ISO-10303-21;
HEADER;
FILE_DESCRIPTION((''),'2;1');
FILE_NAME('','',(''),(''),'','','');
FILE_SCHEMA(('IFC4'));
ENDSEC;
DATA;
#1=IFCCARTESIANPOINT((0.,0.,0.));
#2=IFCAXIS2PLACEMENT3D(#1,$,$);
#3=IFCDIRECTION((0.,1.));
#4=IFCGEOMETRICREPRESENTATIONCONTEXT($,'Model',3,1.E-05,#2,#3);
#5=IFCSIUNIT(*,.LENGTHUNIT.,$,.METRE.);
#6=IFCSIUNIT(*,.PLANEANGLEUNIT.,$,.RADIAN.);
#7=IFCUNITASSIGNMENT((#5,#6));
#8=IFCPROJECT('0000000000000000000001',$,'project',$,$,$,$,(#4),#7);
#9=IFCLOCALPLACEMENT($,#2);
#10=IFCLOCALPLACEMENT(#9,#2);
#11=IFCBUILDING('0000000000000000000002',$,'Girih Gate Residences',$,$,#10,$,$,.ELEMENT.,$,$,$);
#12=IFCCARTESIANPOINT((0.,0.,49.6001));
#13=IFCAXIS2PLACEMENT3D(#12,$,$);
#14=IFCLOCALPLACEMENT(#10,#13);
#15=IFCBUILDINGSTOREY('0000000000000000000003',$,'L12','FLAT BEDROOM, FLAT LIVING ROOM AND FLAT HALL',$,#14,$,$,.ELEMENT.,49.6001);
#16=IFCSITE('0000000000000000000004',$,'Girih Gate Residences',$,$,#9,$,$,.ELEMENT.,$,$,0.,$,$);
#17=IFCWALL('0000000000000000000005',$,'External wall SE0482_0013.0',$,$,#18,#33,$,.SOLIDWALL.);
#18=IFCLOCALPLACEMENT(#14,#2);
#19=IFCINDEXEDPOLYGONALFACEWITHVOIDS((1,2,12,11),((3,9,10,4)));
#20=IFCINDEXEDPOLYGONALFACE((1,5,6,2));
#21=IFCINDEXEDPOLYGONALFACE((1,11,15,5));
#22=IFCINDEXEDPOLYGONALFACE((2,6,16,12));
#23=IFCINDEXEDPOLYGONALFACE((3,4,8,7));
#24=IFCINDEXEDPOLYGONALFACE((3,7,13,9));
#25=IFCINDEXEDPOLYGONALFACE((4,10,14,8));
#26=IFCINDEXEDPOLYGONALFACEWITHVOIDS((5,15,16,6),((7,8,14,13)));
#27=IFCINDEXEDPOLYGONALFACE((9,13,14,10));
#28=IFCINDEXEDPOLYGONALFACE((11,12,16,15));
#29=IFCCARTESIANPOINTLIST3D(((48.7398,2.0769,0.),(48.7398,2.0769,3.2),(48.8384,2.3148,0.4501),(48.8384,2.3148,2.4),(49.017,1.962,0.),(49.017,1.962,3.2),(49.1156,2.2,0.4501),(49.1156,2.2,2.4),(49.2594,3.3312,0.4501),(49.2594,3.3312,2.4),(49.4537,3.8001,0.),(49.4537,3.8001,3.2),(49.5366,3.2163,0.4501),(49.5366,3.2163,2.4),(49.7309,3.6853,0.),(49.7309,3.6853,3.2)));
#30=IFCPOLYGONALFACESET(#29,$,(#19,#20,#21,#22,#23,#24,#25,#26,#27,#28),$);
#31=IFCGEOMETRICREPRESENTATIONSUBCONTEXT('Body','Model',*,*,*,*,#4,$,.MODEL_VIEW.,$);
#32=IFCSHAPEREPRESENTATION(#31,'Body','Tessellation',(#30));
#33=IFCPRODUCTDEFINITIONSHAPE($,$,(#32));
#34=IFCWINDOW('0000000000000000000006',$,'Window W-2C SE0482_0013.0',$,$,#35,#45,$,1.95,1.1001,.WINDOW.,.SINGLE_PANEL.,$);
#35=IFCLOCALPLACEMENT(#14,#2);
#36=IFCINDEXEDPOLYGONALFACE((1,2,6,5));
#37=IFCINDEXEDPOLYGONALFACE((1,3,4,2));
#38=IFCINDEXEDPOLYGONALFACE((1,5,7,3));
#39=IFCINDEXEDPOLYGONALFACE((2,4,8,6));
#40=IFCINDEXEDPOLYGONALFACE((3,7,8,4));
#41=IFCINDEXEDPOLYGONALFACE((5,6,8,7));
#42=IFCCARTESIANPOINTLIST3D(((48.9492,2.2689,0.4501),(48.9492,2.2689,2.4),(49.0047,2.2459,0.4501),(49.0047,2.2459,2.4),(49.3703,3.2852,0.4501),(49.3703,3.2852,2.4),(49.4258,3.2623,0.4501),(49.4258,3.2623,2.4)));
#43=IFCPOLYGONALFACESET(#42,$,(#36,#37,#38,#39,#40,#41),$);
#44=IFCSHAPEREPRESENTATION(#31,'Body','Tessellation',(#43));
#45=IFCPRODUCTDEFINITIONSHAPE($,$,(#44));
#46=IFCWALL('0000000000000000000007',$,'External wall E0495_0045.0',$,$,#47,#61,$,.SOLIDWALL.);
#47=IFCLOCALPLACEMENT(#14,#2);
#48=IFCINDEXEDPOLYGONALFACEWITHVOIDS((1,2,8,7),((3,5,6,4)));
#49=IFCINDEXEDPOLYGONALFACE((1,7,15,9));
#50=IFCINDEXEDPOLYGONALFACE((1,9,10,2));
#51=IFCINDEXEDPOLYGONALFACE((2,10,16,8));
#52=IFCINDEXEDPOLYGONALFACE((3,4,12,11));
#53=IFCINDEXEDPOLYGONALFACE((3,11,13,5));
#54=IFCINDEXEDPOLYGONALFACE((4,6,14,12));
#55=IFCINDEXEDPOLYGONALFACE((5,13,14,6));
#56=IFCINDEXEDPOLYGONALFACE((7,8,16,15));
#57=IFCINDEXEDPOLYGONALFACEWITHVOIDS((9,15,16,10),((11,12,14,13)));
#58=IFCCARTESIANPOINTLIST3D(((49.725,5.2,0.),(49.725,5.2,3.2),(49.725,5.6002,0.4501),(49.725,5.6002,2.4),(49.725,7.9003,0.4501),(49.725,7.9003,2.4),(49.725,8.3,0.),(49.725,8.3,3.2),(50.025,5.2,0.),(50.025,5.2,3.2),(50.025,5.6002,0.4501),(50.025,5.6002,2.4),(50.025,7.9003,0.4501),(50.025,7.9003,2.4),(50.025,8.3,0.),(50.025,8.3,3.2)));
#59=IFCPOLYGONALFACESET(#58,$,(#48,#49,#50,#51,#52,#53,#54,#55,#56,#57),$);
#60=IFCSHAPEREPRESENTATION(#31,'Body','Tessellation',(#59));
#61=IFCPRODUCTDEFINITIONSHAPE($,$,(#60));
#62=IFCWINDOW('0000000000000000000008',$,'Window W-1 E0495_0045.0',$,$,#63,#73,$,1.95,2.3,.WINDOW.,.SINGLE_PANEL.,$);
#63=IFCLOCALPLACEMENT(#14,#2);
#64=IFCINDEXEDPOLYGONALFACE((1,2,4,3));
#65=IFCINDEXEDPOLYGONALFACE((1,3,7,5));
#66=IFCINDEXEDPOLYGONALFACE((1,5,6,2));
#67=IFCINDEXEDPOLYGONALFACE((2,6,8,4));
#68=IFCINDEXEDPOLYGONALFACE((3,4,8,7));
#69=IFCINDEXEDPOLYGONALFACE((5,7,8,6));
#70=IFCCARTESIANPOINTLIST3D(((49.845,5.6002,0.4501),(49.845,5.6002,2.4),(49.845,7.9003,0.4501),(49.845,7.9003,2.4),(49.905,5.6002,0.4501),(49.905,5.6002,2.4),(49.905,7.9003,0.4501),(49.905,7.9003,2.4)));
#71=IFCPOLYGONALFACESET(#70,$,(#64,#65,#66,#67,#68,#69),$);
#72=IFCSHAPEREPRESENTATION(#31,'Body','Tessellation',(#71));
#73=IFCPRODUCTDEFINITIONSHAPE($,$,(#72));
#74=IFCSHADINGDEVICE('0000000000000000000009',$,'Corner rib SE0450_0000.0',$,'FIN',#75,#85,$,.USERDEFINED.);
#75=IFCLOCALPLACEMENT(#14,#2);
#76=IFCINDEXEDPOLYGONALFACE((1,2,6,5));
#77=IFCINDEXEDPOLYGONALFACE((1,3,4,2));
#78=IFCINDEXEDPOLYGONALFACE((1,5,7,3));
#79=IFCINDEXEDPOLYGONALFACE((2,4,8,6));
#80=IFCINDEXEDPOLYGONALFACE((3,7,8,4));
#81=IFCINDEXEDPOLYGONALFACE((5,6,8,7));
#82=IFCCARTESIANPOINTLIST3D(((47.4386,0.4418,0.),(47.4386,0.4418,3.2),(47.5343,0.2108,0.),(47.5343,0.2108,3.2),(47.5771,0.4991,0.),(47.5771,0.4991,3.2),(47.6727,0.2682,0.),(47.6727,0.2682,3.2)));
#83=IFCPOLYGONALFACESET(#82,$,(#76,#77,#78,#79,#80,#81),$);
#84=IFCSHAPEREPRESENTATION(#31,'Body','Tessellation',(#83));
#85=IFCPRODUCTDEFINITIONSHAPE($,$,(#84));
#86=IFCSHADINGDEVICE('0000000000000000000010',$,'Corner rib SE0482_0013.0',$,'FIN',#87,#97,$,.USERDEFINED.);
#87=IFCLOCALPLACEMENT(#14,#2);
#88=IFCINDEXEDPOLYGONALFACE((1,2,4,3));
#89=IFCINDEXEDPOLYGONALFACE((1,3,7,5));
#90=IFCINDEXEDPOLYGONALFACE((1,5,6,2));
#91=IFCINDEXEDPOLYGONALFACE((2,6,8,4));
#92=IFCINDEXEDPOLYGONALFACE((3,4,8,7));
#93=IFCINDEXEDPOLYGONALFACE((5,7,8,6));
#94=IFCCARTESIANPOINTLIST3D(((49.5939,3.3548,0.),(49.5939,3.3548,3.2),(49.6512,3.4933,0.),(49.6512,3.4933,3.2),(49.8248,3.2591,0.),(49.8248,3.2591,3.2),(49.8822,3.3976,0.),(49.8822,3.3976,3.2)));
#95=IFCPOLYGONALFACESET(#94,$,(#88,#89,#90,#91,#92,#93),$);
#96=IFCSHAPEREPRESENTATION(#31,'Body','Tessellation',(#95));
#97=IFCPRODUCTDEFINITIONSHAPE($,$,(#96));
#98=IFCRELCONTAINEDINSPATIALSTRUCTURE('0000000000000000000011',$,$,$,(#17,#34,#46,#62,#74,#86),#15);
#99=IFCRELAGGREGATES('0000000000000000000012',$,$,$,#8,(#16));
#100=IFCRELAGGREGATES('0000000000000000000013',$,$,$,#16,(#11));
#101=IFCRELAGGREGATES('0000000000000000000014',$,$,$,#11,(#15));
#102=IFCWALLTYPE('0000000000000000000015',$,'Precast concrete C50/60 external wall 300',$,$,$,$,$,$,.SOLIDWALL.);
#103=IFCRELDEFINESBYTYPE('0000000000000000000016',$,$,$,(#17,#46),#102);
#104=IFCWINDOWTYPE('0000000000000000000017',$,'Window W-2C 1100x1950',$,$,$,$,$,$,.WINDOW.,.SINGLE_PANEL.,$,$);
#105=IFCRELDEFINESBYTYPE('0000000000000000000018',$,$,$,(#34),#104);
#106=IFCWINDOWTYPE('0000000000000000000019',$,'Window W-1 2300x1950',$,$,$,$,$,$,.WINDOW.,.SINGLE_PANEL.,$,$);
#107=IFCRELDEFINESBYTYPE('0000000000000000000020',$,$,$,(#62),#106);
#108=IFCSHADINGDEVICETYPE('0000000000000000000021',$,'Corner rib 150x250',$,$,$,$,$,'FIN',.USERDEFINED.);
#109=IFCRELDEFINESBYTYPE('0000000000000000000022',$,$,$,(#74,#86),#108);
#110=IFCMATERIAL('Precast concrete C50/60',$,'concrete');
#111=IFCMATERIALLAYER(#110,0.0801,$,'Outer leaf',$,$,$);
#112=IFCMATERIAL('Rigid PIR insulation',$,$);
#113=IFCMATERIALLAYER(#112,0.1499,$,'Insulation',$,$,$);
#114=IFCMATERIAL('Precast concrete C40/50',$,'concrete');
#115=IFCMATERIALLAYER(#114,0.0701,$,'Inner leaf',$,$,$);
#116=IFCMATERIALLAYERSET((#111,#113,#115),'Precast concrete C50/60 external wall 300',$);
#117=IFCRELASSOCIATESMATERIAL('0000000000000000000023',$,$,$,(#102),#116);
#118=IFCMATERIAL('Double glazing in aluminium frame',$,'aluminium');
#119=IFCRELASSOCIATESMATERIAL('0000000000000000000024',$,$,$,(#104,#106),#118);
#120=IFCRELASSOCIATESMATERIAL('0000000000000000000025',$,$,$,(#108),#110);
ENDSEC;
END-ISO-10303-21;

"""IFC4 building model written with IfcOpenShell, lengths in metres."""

from ifc_helpers import new_model, si_unit, direction, frame, frame_2d, origin, origin_2d, place, context, subcontext, project, spatial, rectangle, extrude, material, layer, layer_set, type_object, element, fill, save


model = new_model("IFC4")

# Units and contexts
model_context = context("Model", 3, precision=1e-05, world=origin(), true_north=direction((0.0, 1.0)))
body_context = subcontext(model_context, "Body", "Model", "MODEL_VIEW")
ifc_project = project(units=[si_unit("LENGTHUNIT", "METRE"), si_unit("PLANEANGLEUNIT", "RADIAN")], contexts=[model_context])

# Site, building, storey
site_placement = place(None, origin())
site = spatial("IfcSite", under=ifc_project, at=site_placement, Name="Girih Gate Residences", CompositionType="ELEMENT", RefElevation=0.0)
building_placement = place(site_placement, origin())
building = spatial("IfcBuilding", under=site, at=building_placement, Name="Girih Gate Residences", CompositionType="ELEMENT")
storey_placement = place(building_placement, frame((0.0, 0.0, 49.6001)))
storey = spatial("IfcBuildingStorey", under=building, at=storey_placement, Name="L12", Description="FLAT BEDROOM, FLAT LIVING ROOM AND FLAT HALL", CompositionType="ELEMENT", Elevation=49.6001)

# Walls, openings, windows
ifc_material_1 = material(Name="Precast concrete C50/60", Category="concrete")
ifc_layer_1 = layer(ifc_material_1, 0.0801, Name="Outer leaf")
ifc_material_2 = material(Name="Rigid PIR insulation")
ifc_layer_2 = layer(ifc_material_2, 0.1499, Name="Insulation")
ifc_material_3 = material(Name="Precast concrete C40/50", Category="concrete")
ifc_layer_3 = layer(ifc_material_3, 0.0701, Name="Inner leaf")
ifc_layer_set_1 = layer_set([ifc_layer_1, ifc_layer_2, ifc_layer_3], Name="Precast concrete C50/60 external wall 300")
wall_type_1 = type_object("IfcWallType", Name="Precast concrete C50/60 external wall 300", PredefinedType="SOLIDWALL", material=ifc_layer_set_1)
ifc_material_4 = material(Name="Double glazing in aluminium frame", Category="aluminium")
window_type_1 = type_object("IfcWindowType", Name="Window W-2C 1100x1950", PartitioningType="SINGLE_PANEL", PredefinedType="WINDOW", material=ifc_material_4)
wall_1_placement = place(storey_placement, frame((49.5923, 3.7427, 0.0), z_axis=(0.0, 0.0, 1.0), x_axis=(-0.382737, -0.923857, 0.0)))
wall_1 = element("IfcWall", 1, at=wall_1_placement, inside=storey, type_object=wall_type_1, Name="External wall SE0482_0013.0", PredefinedType="SOLIDWALL", context=body_context, shape_type="SweptSolid", body=[
    extrude(rectangle(XDim=1.8652, YDim=0.3, at=frame_2d((0.9326, 0.0))), origin(), (0.0, 0.0, 1.0), 3.2),
])
opening_1_placement = place(wall_1_placement, frame((0.5076, 0.0, 0.45)))
opening_1 = element("IfcOpeningElement", 2, at=opening_1_placement, cuts=wall_1, PredefinedType="OPENING", context=body_context, shape_type="SweptSolid", body=[
    extrude(rectangle(XDim=1.1001, YDim=1.95, at=frame_2d((0.55, 0.9751))), frame((0.0, 0.1599, 0.0), z_axis=(0.0, -1.0, 0.0), x_axis=(1.0, 0.0, 0.0)), (0.0, 0.0, 1.0), 0.3201),
])
window_1_placement = place(opening_1_placement, origin())
window_1 = element("IfcWindow", 3, at=window_1_placement, inside=storey, type_object=window_type_1, Name="Window W-2C SE0482_0013.0", OverallHeight=1.95, OverallWidth=1.1001, PartitioningType="SINGLE_PANEL", PredefinedType="WINDOW", context=body_context, shape_type="SweptSolid", body=[
    extrude(rectangle(XDim=1.1001, YDim=1.95, at=frame_2d((0.55, 0.9751))), frame((0.0, 0.03, 0.0), z_axis=(0.0, -1.0, 0.0), x_axis=(1.0, 0.0, 0.0)), (0.0, 0.0, 1.0), 0.0601),
])
fill(opening_1, window_1)
wall_2_placement = place(storey_placement, frame((49.875, 8.3, 0.0), z_axis=(0.0, 0.0, 1.0), x_axis=(0.0, -1.0, 0.0)))
wall_2 = element("IfcWall", 4, at=wall_2_placement, inside=storey, type_object=wall_type_1, Name="External wall E0495_0045.0", PredefinedType="SOLIDWALL", context=body_context, shape_type="SweptSolid", body=[
    extrude(rectangle(XDim=3.1001, YDim=0.3, at=frame_2d((1.55, 0.0))), origin(), (0.0, 0.0, 1.0), 3.2),
])
opening_2_placement = place(wall_2_placement, frame((0.3999, 0.0, 0.45)))
opening_2 = element("IfcOpeningElement", 5, at=opening_2_placement, cuts=wall_2, PredefinedType="OPENING", context=body_context, shape_type="SweptSolid", body=[
    extrude(rectangle(XDim=2.3, YDim=1.95, at=frame_2d((1.1499, 0.9751))), frame((0.0, 0.1599, 0.0), z_axis=(0.0, -1.0, 0.0), x_axis=(1.0, 0.0, 0.0)), (0.0, 0.0, 1.0), 0.3201),
])
window_type_2 = type_object("IfcWindowType", Name="Window W-1 2300x1950", PartitioningType="SINGLE_PANEL", PredefinedType="WINDOW", material=ifc_material_4)
window_2_placement = place(opening_2_placement, origin())
window_2 = element("IfcWindow", 6, at=window_2_placement, inside=storey, type_object=window_type_2, Name="Window W-1 E0495_0045.0", OverallHeight=1.95, OverallWidth=2.3, PartitioningType="SINGLE_PANEL", PredefinedType="WINDOW", context=body_context, shape_type="SweptSolid", body=[
    extrude(rectangle(XDim=2.3, YDim=1.95, at=frame_2d((1.1499, 0.9751))), frame((0.0, 0.03, 0.0), z_axis=(0.0, -1.0, 0.0), x_axis=(1.0, 0.0, 0.0)), (0.0, 0.0, 1.0), 0.0601),
])
fill(opening_2, window_2)

# Shading devices
shading_device_type = type_object("IfcShadingDeviceType", Name="Corner rib 150x250", ElementType="FIN", PredefinedType="USERDEFINED", material=ifc_material_1)
for number, where, z_axis, x_axis, name in (
    (7, (47.5557, 0.355, 0.0), (0.0, 0.0, 1.0), (0.92388, 0.382683, 0.0), "Corner rib SE0450_0000.0"),
    (8, (49.738, 3.3762, 0.0), (0.0, 0.0, 1.0), (0.382683, 0.92388, 0.0), "Corner rib SE0482_0013.0"),
):
    element("IfcShadingDevice", number, at=place(storey_placement, frame(where, z_axis=z_axis, x_axis=x_axis)), inside=storey, type_object=shading_device_type, Name=name, ObjectType="FIN", PredefinedType="USERDEFINED", context=body_context, shape_type="SweptSolid", body=[
        extrude(rectangle(XDim=0.1499, YDim=0.25, at=origin_2d()), origin(), (0.0, 0.0, 1.0), 3.2),
    ])

save(model, "model.ifc")
